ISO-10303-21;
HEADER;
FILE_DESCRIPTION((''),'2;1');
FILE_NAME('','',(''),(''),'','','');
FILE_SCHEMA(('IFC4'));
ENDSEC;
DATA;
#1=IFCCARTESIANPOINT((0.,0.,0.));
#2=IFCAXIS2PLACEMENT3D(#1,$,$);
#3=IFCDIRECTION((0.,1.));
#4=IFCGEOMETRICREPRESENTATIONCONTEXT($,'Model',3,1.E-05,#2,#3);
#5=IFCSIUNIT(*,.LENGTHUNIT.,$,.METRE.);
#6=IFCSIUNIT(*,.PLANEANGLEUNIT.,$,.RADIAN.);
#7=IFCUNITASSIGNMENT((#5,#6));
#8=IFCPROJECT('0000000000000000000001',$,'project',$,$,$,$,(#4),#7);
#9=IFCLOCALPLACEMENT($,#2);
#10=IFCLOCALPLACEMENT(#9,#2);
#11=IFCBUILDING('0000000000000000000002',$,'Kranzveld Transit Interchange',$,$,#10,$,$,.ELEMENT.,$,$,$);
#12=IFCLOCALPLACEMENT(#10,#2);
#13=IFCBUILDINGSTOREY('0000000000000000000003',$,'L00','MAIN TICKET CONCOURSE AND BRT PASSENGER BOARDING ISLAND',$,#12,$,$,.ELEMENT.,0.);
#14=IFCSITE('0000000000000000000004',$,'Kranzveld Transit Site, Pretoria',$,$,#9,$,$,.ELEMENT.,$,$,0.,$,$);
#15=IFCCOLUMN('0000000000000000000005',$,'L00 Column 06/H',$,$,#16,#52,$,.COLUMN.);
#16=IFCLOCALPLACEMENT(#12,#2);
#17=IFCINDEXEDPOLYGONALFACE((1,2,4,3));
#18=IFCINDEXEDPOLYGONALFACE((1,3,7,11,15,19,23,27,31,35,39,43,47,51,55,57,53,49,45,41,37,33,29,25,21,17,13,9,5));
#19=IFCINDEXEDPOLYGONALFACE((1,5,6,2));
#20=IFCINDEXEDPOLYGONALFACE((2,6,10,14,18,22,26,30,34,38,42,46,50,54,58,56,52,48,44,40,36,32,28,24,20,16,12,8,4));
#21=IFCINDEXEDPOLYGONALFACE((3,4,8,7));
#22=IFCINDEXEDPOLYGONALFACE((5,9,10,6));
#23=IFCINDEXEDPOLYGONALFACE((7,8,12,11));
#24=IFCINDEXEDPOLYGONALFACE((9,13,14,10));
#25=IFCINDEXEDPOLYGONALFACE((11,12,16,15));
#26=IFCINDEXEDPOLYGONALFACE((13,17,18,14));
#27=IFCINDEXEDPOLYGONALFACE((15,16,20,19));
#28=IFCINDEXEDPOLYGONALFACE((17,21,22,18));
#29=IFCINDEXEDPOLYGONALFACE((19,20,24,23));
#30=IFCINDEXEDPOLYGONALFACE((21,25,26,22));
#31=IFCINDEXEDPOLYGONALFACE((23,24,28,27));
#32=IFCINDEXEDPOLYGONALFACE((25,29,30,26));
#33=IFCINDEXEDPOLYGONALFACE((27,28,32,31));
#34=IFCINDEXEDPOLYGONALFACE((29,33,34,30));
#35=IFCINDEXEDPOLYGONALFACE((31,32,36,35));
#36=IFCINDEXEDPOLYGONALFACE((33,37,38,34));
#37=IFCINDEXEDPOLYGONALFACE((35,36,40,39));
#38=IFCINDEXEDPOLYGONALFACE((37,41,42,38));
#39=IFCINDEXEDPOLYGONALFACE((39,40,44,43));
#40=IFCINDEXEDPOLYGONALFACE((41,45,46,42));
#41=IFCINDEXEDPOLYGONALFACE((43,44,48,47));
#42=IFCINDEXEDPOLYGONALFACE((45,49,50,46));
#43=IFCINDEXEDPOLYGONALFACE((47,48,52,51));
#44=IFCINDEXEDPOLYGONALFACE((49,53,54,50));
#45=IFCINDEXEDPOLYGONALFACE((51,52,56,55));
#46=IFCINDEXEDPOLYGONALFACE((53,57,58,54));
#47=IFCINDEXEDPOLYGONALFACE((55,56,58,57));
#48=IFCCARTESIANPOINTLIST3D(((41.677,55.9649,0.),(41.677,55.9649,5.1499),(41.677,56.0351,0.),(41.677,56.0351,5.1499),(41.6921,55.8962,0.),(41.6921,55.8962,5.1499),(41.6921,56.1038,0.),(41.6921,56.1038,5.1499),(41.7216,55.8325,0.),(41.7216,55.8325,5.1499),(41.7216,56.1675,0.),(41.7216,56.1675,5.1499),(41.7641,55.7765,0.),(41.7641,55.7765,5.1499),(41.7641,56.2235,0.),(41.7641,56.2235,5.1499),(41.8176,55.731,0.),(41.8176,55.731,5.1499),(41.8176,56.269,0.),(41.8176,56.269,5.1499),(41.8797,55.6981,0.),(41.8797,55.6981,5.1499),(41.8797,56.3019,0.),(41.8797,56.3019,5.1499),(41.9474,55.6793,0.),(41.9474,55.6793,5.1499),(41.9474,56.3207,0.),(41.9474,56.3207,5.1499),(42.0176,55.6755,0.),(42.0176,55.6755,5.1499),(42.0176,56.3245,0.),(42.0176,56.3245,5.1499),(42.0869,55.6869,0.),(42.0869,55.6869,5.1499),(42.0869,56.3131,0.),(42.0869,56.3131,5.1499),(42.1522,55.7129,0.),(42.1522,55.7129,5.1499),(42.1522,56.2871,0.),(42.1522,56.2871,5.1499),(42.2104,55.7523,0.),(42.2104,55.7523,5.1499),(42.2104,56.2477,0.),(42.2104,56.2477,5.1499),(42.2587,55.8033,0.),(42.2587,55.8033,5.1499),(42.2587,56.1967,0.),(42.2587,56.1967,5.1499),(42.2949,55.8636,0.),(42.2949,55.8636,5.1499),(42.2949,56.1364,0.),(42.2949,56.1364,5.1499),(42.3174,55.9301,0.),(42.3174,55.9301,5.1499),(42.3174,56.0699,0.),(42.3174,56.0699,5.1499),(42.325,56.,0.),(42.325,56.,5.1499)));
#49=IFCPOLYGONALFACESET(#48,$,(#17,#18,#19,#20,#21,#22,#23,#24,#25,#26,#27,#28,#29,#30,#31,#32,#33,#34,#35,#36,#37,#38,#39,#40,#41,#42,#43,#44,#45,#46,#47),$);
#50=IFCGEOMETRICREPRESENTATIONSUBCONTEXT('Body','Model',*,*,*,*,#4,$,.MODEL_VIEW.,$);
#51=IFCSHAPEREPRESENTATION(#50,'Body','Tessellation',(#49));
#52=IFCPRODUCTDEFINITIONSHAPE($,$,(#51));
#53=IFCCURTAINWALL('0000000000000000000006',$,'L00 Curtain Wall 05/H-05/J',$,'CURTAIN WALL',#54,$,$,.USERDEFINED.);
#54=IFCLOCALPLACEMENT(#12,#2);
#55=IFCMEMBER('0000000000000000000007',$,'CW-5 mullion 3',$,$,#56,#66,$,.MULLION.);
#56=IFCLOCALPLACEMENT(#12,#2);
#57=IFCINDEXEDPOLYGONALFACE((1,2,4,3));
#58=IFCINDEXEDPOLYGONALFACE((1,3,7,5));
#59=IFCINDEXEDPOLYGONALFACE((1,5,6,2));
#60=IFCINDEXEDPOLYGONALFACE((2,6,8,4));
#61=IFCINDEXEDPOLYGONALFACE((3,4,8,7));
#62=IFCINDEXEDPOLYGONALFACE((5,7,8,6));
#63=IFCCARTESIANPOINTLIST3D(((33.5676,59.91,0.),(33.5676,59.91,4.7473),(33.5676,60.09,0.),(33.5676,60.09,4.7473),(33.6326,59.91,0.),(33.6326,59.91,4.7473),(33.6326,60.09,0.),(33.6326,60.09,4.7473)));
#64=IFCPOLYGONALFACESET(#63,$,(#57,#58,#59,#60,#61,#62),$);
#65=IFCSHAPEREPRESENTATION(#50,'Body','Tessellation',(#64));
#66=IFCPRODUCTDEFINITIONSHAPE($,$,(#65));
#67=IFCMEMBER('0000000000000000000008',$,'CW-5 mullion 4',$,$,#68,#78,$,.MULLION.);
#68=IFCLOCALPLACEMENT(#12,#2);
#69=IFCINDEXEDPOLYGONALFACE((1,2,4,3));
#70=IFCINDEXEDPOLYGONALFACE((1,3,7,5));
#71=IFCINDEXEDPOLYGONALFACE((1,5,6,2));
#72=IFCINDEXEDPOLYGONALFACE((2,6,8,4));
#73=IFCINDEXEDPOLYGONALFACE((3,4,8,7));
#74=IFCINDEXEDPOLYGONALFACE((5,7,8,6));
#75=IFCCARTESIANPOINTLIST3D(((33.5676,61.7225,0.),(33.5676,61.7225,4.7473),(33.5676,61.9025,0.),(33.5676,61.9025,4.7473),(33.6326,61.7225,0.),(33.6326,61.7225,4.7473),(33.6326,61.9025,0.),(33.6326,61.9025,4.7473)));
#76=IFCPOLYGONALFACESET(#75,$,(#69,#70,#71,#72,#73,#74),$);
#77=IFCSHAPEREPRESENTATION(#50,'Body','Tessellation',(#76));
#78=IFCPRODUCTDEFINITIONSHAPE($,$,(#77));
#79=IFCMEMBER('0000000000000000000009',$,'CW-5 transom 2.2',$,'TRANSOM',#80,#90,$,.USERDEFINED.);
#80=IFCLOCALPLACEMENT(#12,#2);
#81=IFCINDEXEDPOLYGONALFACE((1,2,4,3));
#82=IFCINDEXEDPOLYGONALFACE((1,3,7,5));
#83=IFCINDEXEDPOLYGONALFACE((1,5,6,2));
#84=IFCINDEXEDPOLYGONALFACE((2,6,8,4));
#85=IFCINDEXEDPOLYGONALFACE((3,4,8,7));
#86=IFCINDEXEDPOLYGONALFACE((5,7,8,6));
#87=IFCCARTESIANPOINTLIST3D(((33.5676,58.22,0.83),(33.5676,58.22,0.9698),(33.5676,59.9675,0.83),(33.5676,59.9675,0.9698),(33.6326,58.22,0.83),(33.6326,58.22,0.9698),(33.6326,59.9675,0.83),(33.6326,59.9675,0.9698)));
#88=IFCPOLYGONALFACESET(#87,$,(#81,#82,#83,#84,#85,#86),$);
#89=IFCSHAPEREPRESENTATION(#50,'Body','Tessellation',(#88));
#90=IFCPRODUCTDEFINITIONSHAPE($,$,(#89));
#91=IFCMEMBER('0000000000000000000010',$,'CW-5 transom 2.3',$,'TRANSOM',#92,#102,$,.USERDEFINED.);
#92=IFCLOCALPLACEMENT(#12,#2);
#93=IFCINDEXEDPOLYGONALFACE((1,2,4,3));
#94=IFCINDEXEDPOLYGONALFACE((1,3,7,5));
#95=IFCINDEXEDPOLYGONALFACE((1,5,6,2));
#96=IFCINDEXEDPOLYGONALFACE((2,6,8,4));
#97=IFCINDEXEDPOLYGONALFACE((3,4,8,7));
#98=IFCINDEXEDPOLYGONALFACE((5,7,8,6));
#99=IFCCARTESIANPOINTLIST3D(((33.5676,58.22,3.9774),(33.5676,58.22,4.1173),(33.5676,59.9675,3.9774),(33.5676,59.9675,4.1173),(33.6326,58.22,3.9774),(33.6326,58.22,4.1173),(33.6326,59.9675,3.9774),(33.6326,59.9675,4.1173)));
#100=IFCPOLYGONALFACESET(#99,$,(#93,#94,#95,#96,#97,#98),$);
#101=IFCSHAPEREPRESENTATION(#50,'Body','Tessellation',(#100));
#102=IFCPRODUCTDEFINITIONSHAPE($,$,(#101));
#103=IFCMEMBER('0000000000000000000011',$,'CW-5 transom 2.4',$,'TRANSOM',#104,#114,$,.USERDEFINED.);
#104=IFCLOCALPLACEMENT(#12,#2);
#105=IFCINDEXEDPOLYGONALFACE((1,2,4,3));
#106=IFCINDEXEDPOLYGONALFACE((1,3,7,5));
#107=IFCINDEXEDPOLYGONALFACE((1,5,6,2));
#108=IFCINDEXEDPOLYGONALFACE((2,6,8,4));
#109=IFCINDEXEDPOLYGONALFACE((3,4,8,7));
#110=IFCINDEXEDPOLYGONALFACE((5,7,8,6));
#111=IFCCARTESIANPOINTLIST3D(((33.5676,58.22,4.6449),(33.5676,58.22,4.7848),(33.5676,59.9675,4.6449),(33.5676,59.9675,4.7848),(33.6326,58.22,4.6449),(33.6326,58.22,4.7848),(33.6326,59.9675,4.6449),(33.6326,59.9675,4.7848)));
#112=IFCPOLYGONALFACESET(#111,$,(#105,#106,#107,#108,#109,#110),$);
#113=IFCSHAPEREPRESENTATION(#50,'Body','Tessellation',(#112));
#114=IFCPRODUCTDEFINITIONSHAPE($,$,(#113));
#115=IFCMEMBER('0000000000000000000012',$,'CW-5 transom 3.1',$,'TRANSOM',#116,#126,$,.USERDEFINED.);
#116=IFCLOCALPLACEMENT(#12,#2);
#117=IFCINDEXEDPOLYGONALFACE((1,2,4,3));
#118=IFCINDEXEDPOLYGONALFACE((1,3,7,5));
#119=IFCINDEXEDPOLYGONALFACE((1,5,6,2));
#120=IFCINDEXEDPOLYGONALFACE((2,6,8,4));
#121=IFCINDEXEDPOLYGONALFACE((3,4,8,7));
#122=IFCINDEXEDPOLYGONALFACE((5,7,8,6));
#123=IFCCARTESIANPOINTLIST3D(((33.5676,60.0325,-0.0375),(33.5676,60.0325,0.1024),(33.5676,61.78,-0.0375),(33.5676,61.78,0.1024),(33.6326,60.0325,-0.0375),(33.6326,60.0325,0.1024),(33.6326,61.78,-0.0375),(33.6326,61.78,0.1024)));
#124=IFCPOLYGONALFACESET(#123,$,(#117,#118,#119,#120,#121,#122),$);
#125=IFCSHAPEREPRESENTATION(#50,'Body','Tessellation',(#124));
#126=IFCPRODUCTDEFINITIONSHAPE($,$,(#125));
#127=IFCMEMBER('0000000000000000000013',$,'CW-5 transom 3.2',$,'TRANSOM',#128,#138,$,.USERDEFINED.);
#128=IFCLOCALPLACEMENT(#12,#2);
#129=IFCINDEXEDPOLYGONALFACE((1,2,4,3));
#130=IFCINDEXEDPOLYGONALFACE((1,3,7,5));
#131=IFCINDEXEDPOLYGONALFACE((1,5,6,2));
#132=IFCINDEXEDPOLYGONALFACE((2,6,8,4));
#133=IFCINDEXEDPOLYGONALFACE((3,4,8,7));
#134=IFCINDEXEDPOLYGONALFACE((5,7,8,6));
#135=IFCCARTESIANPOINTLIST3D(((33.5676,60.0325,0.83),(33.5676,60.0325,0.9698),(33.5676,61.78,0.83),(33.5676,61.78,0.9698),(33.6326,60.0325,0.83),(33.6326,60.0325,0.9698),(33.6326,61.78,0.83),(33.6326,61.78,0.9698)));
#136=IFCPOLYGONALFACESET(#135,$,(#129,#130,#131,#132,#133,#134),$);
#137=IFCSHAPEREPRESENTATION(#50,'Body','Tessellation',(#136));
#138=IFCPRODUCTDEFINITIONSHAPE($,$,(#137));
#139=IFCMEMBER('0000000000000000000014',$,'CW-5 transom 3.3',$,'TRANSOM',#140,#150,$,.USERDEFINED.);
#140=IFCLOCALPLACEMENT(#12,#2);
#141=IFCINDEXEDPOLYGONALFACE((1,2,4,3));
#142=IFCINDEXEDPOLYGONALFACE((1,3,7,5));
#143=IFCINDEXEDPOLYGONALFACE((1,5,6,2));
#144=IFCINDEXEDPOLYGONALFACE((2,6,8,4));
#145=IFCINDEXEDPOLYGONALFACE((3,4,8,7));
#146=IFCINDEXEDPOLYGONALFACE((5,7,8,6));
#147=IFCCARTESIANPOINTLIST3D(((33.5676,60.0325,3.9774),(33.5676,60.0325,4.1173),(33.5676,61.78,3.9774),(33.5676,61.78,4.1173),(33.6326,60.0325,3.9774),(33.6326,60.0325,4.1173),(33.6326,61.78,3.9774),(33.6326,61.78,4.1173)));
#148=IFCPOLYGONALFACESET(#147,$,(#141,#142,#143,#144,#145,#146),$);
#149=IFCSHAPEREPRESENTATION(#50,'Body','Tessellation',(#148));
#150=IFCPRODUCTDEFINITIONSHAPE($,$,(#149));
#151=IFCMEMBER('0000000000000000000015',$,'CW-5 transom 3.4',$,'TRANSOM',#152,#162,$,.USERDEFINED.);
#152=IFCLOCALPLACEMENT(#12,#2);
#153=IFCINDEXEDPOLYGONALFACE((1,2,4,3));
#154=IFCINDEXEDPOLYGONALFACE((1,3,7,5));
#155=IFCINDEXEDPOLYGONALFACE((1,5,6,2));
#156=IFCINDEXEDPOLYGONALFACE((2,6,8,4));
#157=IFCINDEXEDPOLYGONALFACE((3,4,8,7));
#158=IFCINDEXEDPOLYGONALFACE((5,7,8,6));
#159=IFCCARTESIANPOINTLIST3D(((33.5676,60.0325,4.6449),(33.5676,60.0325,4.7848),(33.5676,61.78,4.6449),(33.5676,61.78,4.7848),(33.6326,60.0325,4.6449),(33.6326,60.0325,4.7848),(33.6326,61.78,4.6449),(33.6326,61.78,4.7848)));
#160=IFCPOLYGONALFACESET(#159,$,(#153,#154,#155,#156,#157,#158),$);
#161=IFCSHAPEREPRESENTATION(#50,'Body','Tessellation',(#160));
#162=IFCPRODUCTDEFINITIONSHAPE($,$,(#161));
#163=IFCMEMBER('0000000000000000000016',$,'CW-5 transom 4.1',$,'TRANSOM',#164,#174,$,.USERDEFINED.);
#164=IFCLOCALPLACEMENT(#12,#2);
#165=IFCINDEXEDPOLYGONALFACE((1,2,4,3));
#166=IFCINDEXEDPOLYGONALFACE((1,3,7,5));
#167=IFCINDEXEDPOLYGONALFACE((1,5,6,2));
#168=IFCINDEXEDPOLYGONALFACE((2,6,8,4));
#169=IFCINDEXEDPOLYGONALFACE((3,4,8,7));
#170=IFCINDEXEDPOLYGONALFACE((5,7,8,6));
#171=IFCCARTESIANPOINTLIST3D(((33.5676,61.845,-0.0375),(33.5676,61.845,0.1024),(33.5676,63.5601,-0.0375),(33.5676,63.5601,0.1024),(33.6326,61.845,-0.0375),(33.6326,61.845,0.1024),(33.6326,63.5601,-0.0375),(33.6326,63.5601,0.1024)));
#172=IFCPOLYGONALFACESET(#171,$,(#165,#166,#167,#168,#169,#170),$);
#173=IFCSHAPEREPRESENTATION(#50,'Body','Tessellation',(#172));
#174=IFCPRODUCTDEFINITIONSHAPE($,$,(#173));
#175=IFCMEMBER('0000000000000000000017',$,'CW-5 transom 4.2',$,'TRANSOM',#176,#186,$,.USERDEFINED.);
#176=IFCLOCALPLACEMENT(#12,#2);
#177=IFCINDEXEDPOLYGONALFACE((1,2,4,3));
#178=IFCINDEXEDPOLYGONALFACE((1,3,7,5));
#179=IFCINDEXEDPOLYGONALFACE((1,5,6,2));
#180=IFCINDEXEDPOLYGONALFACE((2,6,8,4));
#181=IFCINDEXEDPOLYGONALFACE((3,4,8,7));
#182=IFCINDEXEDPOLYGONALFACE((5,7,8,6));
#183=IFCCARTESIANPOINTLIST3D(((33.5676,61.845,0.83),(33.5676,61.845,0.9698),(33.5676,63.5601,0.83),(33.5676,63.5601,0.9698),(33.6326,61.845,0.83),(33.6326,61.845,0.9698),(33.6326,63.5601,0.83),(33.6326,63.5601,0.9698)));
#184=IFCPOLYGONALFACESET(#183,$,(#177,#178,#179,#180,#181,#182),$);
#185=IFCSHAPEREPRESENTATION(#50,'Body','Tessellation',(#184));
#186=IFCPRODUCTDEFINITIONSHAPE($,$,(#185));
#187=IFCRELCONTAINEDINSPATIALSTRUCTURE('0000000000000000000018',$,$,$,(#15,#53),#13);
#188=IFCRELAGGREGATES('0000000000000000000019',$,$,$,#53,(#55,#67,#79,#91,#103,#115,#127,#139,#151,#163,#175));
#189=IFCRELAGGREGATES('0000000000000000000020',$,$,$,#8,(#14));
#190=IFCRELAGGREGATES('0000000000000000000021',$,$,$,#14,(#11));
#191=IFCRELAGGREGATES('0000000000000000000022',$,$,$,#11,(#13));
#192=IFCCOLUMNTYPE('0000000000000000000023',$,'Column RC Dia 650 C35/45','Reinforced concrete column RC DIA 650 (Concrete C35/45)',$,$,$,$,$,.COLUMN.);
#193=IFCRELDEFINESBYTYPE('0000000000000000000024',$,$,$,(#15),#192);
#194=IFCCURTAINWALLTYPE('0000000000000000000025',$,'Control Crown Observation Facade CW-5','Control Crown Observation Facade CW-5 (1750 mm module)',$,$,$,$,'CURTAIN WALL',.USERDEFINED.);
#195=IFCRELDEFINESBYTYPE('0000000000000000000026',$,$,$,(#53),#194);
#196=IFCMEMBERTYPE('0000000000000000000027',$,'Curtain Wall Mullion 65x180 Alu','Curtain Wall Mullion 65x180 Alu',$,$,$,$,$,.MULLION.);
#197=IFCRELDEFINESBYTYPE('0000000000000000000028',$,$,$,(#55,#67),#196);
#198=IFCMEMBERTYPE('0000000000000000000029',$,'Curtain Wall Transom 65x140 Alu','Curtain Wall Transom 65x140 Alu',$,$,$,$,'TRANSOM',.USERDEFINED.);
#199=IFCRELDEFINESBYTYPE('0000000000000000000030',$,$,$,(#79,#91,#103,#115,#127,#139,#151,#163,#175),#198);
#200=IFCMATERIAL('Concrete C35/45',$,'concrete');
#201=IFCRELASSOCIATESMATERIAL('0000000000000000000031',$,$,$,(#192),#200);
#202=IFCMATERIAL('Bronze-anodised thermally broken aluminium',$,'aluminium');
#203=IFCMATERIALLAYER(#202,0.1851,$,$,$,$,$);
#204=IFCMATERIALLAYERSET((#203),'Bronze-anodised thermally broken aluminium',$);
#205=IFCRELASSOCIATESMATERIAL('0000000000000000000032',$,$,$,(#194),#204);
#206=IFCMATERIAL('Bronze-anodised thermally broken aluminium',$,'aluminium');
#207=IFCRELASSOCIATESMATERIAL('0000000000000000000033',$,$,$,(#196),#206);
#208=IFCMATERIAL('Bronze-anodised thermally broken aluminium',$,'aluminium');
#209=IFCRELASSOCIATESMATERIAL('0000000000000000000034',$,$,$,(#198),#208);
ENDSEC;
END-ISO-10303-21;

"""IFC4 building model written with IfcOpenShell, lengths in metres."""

from ifc_helpers import new_model, si_unit, direction, frame, origin, origin_2d, place, context, subcontext, project, spatial, rectangle, circle, extrude, material, layer, layer_set, material_profile, profile_set, type_object, element, aggregate, save


model = new_model("IFC4")

# Units and contexts
model_context = context("Model", 3, precision=1e-05, world=origin(), true_north=direction((0.0, 1.0)))
body_context = subcontext(model_context, "Body", "Model", "MODEL_VIEW")
ifc_project = project(units=[si_unit("LENGTHUNIT", "METRE"), si_unit("PLANEANGLEUNIT", "RADIAN")], contexts=[model_context])

# Site, building, storey
site_placement = place(None, origin())
site = spatial("IfcSite", under=ifc_project, at=site_placement, Name="Kranzveld Transit Site, Pretoria", CompositionType="ELEMENT", RefElevation=0.0)
building_placement = place(site_placement, origin())
building = spatial("IfcBuilding", under=site, at=building_placement, Name="Kranzveld Transit Interchange", CompositionType="ELEMENT")
storey_placement = place(building_placement, origin())
storey = spatial("IfcBuildingStorey", under=building, at=storey_placement, Name="L00", Description="MAIN TICKET CONCOURSE AND BRT PASSENGER BOARDING ISLAND", CompositionType="ELEMENT", Elevation=0.0)

# Column
ifc_material_1 = material(Name="Concrete C35/45", Category="concrete")
ifc_material_profile_1 = material_profile(ifc_material_1, circle(Radius=0.325, at=origin_2d()), Name="RC DIA 650")
ifc_profile_set_1 = profile_set([ifc_material_profile_1], Name="Concrete C35/45")
column_type = type_object("IfcColumnType", Name="Column RC Dia 650 C35/45", Description="Reinforced concrete column RC DIA 650 (Concrete C35/45)", PredefinedType="COLUMN", material=ifc_profile_set_1)
column_placement = place(storey_placement, frame((42.0, 56.0, 0.0), z_axis=(0.0, 0.0, 1.0), x_axis=(1.0, 0.0, 0.0)))
element("IfcColumn", 1, at=column_placement, inside=storey, type_object=column_type, Name="L00 Column 06/H", PredefinedType="COLUMN", context=body_context, shape_type="SweptSolid", body=[
    extrude(circle(Radius=0.325, at=origin_2d()), origin(), (0.0, 0.0, 1.0), 5.1499),
])

# Curtain wall, members
ifc_material_2 = material(Name="Bronze-anodised thermally broken aluminium", Category="aluminium")
ifc_layer_1 = layer(ifc_material_2, 0.1851)
ifc_layer_set_1 = layer_set([ifc_layer_1], Name="Bronze-anodised thermally broken aluminium")
curtain_wall_type = type_object("IfcCurtainWallType", Name="Control Crown Observation Facade CW-5", Description="Control Crown Observation Facade CW-5 (1750 mm module)", ElementType="CURTAIN WALL", PredefinedType="USERDEFINED", material=ifc_layer_set_1)
curtain_wall_placement = place(storey_placement, origin())
curtain_wall = element("IfcCurtainWall", 2, at=curtain_wall_placement, inside=storey, type_object=curtain_wall_type, Name="L00 Curtain Wall 05/H-05/J", ObjectType="CURTAIN WALL", PredefinedType="USERDEFINED")
ifc_material_3 = material(Name="Bronze-anodised thermally broken aluminium", Category="aluminium")
ifc_material_profile_2 = material_profile(ifc_material_3, rectangle(XDim=0.0649, YDim=0.1799, at=origin_2d()), Name="ALU MULLION 65x180")
ifc_profile_set_2 = profile_set([ifc_material_profile_2], Name="Bronze-anodised thermally broken aluminium")
member_type_1 = type_object("IfcMemberType", Name="Curtain Wall Mullion 65x180 Alu", Description="Curtain Wall Mullion 65x180 Alu", PredefinedType="MULLION", material=ifc_profile_set_2)
member_1_placement = place(storey_placement, frame((33.6001, 60.0, 0.0), z_axis=(0.0, 0.0, 1.0), x_axis=(-1.0, 0.0, 0.0)))
member_1 = element("IfcMember", 3, at=member_1_placement, type_object=member_type_1, Name="CW-5 mullion 3", PredefinedType="MULLION", context=body_context, shape_type="SweptSolid", body=[
    extrude(rectangle(XDim=0.0649, YDim=0.1799, at=origin_2d()), origin(), (0.0, 0.0, 1.0), 4.7473),
])
member_2_placement = place(storey_placement, frame((33.6001, 61.8125, 0.0), z_axis=(0.0, 0.0, 1.0), x_axis=(-1.0, 0.0, 0.0)))
member_2 = element("IfcMember", 4, at=member_2_placement, type_object=member_type_1, Name="CW-5 mullion 4", PredefinedType="MULLION", context=body_context, shape_type="SweptSolid", body=[
    extrude(rectangle(XDim=0.0649, YDim=0.1799, at=origin_2d()), origin(), (0.0, 0.0, 1.0), 4.7473),
])
ifc_material_4 = material(Name="Bronze-anodised thermally broken aluminium", Category="aluminium")
ifc_material_profile_3 = material_profile(ifc_material_4, rectangle(XDim=0.0649, YDim=0.1399, at=origin_2d()), Name="ALU TRANSOM 65x140")
ifc_profile_set_3 = profile_set([ifc_material_profile_3], Name="Bronze-anodised thermally broken aluminium")
member_type_2 = type_object("IfcMemberType", Name="Curtain Wall Transom 65x140 Alu", Description="Curtain Wall Transom 65x140 Alu", ElementType="TRANSOM", PredefinedType="USERDEFINED", material=ifc_profile_set_3)
member_3_placement = place(storey_placement, frame((33.6001, 58.22, 0.8999), z_axis=(0.0, 1.0, 0.0), x_axis=(-1.0, 0.0, 0.0)))
member_3 = element("IfcMember", 5, at=member_3_placement, type_object=member_type_2, Name="CW-5 transom 2.2", ObjectType="TRANSOM", PredefinedType="USERDEFINED", context=body_context, shape_type="SweptSolid", body=[
    extrude(rectangle(XDim=0.0649, YDim=0.1399, at=origin_2d()), origin(), (0.0, 0.0, 1.0), 1.7476),
])
member_4_placement = place(storey_placement, frame((33.6001, 58.22, 4.0474), z_axis=(0.0, 1.0, 0.0), x_axis=(-1.0, 0.0, 0.0)))
member_4 = element("IfcMember", 6, at=member_4_placement, type_object=member_type_2, Name="CW-5 transom 2.3", ObjectType="TRANSOM", PredefinedType="USERDEFINED", context=body_context, shape_type="SweptSolid", body=[
    extrude(rectangle(XDim=0.0649, YDim=0.1399, at=origin_2d()), origin(), (0.0, 0.0, 1.0), 1.7476),
])
member_5_placement = place(storey_placement, frame((33.6001, 58.22, 4.7148), z_axis=(0.0, 1.0, 0.0), x_axis=(-1.0, 0.0, 0.0)))
member_5 = element("IfcMember", 7, at=member_5_placement, type_object=member_type_2, Name="CW-5 transom 2.4", ObjectType="TRANSOM", PredefinedType="USERDEFINED", context=body_context, shape_type="SweptSolid", body=[
    extrude(rectangle(XDim=0.0649, YDim=0.1399, at=origin_2d()), origin(), (0.0, 0.0, 1.0), 1.7476),
])
member_6_placement = place(storey_placement, frame((33.6001, 60.0325, 0.0325), z_axis=(0.0, 1.0, 0.0), x_axis=(-1.0, 0.0, 0.0)))
member_6 = element("IfcMember", 8, at=member_6_placement, type_object=member_type_2, Name="CW-5 transom 3.1", ObjectType="TRANSOM", PredefinedType="USERDEFINED", context=body_context, shape_type="SweptSolid", body=[
    extrude(rectangle(XDim=0.0649, YDim=0.1399, at=origin_2d()), origin(), (0.0, 0.0, 1.0), 1.7476),
])
member_7_placement = place(storey_placement, frame((33.6001, 60.0325, 0.8999), z_axis=(0.0, 1.0, 0.0), x_axis=(-1.0, 0.0, 0.0)))
member_7 = element("IfcMember", 9, at=member_7_placement, type_object=member_type_2, Name="CW-5 transom 3.2", ObjectType="TRANSOM", PredefinedType="USERDEFINED", context=body_context, shape_type="SweptSolid", body=[
    extrude(rectangle(XDim=0.0649, YDim=0.1399, at=origin_2d()), origin(), (0.0, 0.0, 1.0), 1.7476),
])
member_8_placement = place(storey_placement, frame((33.6001, 60.0325, 4.0474), z_axis=(0.0, 1.0, 0.0), x_axis=(-1.0, 0.0, 0.0)))
member_8 = element("IfcMember", 10, at=member_8_placement, type_object=member_type_2, Name="CW-5 transom 3.3", ObjectType="TRANSOM", PredefinedType="USERDEFINED", context=body_context, shape_type="SweptSolid", body=[
    extrude(rectangle(XDim=0.0649, YDim=0.1399, at=origin_2d()), origin(), (0.0, 0.0, 1.0), 1.7476),
])
member_9_placement = place(storey_placement, frame((33.6001, 60.0325, 4.7148), z_axis=(0.0, 1.0, 0.0), x_axis=(-1.0, 0.0, 0.0)))
member_9 = element("IfcMember", 11, at=member_9_placement, type_object=member_type_2, Name="CW-5 transom 3.4", ObjectType="TRANSOM", PredefinedType="USERDEFINED", context=body_context, shape_type="SweptSolid", body=[
    extrude(rectangle(XDim=0.0649, YDim=0.1399, at=origin_2d()), origin(), (0.0, 0.0, 1.0), 1.7476),
])
member_10_placement = place(storey_placement, frame((33.6001, 61.845, 0.0325), z_axis=(0.0, 1.0, 0.0), x_axis=(-1.0, 0.0, 0.0)))
member_10 = element("IfcMember", 12, at=member_10_placement, type_object=member_type_2, Name="CW-5 transom 4.1", ObjectType="TRANSOM", PredefinedType="USERDEFINED", context=body_context, shape_type="SweptSolid", body=[
    extrude(rectangle(XDim=0.0649, YDim=0.1399, at=origin_2d()), origin(), (0.0, 0.0, 1.0), 1.7151),
])
member_11_placement = place(storey_placement, frame((33.6001, 61.845, 0.8999), z_axis=(0.0, 1.0, 0.0), x_axis=(-1.0, 0.0, 0.0)))
member_11 = element("IfcMember", 13, at=member_11_placement, type_object=member_type_2, Name="CW-5 transom 4.2", ObjectType="TRANSOM", PredefinedType="USERDEFINED", context=body_context, shape_type="SweptSolid", body=[
    extrude(rectangle(XDim=0.0649, YDim=0.1399, at=origin_2d()), origin(), (0.0, 0.0, 1.0), 1.7151),
])

aggregate(curtain_wall, [member_1, member_2, member_3, member_4, member_5, member_6, member_7, member_8, member_9, member_10, member_11])

save(model, "model.ifc")
